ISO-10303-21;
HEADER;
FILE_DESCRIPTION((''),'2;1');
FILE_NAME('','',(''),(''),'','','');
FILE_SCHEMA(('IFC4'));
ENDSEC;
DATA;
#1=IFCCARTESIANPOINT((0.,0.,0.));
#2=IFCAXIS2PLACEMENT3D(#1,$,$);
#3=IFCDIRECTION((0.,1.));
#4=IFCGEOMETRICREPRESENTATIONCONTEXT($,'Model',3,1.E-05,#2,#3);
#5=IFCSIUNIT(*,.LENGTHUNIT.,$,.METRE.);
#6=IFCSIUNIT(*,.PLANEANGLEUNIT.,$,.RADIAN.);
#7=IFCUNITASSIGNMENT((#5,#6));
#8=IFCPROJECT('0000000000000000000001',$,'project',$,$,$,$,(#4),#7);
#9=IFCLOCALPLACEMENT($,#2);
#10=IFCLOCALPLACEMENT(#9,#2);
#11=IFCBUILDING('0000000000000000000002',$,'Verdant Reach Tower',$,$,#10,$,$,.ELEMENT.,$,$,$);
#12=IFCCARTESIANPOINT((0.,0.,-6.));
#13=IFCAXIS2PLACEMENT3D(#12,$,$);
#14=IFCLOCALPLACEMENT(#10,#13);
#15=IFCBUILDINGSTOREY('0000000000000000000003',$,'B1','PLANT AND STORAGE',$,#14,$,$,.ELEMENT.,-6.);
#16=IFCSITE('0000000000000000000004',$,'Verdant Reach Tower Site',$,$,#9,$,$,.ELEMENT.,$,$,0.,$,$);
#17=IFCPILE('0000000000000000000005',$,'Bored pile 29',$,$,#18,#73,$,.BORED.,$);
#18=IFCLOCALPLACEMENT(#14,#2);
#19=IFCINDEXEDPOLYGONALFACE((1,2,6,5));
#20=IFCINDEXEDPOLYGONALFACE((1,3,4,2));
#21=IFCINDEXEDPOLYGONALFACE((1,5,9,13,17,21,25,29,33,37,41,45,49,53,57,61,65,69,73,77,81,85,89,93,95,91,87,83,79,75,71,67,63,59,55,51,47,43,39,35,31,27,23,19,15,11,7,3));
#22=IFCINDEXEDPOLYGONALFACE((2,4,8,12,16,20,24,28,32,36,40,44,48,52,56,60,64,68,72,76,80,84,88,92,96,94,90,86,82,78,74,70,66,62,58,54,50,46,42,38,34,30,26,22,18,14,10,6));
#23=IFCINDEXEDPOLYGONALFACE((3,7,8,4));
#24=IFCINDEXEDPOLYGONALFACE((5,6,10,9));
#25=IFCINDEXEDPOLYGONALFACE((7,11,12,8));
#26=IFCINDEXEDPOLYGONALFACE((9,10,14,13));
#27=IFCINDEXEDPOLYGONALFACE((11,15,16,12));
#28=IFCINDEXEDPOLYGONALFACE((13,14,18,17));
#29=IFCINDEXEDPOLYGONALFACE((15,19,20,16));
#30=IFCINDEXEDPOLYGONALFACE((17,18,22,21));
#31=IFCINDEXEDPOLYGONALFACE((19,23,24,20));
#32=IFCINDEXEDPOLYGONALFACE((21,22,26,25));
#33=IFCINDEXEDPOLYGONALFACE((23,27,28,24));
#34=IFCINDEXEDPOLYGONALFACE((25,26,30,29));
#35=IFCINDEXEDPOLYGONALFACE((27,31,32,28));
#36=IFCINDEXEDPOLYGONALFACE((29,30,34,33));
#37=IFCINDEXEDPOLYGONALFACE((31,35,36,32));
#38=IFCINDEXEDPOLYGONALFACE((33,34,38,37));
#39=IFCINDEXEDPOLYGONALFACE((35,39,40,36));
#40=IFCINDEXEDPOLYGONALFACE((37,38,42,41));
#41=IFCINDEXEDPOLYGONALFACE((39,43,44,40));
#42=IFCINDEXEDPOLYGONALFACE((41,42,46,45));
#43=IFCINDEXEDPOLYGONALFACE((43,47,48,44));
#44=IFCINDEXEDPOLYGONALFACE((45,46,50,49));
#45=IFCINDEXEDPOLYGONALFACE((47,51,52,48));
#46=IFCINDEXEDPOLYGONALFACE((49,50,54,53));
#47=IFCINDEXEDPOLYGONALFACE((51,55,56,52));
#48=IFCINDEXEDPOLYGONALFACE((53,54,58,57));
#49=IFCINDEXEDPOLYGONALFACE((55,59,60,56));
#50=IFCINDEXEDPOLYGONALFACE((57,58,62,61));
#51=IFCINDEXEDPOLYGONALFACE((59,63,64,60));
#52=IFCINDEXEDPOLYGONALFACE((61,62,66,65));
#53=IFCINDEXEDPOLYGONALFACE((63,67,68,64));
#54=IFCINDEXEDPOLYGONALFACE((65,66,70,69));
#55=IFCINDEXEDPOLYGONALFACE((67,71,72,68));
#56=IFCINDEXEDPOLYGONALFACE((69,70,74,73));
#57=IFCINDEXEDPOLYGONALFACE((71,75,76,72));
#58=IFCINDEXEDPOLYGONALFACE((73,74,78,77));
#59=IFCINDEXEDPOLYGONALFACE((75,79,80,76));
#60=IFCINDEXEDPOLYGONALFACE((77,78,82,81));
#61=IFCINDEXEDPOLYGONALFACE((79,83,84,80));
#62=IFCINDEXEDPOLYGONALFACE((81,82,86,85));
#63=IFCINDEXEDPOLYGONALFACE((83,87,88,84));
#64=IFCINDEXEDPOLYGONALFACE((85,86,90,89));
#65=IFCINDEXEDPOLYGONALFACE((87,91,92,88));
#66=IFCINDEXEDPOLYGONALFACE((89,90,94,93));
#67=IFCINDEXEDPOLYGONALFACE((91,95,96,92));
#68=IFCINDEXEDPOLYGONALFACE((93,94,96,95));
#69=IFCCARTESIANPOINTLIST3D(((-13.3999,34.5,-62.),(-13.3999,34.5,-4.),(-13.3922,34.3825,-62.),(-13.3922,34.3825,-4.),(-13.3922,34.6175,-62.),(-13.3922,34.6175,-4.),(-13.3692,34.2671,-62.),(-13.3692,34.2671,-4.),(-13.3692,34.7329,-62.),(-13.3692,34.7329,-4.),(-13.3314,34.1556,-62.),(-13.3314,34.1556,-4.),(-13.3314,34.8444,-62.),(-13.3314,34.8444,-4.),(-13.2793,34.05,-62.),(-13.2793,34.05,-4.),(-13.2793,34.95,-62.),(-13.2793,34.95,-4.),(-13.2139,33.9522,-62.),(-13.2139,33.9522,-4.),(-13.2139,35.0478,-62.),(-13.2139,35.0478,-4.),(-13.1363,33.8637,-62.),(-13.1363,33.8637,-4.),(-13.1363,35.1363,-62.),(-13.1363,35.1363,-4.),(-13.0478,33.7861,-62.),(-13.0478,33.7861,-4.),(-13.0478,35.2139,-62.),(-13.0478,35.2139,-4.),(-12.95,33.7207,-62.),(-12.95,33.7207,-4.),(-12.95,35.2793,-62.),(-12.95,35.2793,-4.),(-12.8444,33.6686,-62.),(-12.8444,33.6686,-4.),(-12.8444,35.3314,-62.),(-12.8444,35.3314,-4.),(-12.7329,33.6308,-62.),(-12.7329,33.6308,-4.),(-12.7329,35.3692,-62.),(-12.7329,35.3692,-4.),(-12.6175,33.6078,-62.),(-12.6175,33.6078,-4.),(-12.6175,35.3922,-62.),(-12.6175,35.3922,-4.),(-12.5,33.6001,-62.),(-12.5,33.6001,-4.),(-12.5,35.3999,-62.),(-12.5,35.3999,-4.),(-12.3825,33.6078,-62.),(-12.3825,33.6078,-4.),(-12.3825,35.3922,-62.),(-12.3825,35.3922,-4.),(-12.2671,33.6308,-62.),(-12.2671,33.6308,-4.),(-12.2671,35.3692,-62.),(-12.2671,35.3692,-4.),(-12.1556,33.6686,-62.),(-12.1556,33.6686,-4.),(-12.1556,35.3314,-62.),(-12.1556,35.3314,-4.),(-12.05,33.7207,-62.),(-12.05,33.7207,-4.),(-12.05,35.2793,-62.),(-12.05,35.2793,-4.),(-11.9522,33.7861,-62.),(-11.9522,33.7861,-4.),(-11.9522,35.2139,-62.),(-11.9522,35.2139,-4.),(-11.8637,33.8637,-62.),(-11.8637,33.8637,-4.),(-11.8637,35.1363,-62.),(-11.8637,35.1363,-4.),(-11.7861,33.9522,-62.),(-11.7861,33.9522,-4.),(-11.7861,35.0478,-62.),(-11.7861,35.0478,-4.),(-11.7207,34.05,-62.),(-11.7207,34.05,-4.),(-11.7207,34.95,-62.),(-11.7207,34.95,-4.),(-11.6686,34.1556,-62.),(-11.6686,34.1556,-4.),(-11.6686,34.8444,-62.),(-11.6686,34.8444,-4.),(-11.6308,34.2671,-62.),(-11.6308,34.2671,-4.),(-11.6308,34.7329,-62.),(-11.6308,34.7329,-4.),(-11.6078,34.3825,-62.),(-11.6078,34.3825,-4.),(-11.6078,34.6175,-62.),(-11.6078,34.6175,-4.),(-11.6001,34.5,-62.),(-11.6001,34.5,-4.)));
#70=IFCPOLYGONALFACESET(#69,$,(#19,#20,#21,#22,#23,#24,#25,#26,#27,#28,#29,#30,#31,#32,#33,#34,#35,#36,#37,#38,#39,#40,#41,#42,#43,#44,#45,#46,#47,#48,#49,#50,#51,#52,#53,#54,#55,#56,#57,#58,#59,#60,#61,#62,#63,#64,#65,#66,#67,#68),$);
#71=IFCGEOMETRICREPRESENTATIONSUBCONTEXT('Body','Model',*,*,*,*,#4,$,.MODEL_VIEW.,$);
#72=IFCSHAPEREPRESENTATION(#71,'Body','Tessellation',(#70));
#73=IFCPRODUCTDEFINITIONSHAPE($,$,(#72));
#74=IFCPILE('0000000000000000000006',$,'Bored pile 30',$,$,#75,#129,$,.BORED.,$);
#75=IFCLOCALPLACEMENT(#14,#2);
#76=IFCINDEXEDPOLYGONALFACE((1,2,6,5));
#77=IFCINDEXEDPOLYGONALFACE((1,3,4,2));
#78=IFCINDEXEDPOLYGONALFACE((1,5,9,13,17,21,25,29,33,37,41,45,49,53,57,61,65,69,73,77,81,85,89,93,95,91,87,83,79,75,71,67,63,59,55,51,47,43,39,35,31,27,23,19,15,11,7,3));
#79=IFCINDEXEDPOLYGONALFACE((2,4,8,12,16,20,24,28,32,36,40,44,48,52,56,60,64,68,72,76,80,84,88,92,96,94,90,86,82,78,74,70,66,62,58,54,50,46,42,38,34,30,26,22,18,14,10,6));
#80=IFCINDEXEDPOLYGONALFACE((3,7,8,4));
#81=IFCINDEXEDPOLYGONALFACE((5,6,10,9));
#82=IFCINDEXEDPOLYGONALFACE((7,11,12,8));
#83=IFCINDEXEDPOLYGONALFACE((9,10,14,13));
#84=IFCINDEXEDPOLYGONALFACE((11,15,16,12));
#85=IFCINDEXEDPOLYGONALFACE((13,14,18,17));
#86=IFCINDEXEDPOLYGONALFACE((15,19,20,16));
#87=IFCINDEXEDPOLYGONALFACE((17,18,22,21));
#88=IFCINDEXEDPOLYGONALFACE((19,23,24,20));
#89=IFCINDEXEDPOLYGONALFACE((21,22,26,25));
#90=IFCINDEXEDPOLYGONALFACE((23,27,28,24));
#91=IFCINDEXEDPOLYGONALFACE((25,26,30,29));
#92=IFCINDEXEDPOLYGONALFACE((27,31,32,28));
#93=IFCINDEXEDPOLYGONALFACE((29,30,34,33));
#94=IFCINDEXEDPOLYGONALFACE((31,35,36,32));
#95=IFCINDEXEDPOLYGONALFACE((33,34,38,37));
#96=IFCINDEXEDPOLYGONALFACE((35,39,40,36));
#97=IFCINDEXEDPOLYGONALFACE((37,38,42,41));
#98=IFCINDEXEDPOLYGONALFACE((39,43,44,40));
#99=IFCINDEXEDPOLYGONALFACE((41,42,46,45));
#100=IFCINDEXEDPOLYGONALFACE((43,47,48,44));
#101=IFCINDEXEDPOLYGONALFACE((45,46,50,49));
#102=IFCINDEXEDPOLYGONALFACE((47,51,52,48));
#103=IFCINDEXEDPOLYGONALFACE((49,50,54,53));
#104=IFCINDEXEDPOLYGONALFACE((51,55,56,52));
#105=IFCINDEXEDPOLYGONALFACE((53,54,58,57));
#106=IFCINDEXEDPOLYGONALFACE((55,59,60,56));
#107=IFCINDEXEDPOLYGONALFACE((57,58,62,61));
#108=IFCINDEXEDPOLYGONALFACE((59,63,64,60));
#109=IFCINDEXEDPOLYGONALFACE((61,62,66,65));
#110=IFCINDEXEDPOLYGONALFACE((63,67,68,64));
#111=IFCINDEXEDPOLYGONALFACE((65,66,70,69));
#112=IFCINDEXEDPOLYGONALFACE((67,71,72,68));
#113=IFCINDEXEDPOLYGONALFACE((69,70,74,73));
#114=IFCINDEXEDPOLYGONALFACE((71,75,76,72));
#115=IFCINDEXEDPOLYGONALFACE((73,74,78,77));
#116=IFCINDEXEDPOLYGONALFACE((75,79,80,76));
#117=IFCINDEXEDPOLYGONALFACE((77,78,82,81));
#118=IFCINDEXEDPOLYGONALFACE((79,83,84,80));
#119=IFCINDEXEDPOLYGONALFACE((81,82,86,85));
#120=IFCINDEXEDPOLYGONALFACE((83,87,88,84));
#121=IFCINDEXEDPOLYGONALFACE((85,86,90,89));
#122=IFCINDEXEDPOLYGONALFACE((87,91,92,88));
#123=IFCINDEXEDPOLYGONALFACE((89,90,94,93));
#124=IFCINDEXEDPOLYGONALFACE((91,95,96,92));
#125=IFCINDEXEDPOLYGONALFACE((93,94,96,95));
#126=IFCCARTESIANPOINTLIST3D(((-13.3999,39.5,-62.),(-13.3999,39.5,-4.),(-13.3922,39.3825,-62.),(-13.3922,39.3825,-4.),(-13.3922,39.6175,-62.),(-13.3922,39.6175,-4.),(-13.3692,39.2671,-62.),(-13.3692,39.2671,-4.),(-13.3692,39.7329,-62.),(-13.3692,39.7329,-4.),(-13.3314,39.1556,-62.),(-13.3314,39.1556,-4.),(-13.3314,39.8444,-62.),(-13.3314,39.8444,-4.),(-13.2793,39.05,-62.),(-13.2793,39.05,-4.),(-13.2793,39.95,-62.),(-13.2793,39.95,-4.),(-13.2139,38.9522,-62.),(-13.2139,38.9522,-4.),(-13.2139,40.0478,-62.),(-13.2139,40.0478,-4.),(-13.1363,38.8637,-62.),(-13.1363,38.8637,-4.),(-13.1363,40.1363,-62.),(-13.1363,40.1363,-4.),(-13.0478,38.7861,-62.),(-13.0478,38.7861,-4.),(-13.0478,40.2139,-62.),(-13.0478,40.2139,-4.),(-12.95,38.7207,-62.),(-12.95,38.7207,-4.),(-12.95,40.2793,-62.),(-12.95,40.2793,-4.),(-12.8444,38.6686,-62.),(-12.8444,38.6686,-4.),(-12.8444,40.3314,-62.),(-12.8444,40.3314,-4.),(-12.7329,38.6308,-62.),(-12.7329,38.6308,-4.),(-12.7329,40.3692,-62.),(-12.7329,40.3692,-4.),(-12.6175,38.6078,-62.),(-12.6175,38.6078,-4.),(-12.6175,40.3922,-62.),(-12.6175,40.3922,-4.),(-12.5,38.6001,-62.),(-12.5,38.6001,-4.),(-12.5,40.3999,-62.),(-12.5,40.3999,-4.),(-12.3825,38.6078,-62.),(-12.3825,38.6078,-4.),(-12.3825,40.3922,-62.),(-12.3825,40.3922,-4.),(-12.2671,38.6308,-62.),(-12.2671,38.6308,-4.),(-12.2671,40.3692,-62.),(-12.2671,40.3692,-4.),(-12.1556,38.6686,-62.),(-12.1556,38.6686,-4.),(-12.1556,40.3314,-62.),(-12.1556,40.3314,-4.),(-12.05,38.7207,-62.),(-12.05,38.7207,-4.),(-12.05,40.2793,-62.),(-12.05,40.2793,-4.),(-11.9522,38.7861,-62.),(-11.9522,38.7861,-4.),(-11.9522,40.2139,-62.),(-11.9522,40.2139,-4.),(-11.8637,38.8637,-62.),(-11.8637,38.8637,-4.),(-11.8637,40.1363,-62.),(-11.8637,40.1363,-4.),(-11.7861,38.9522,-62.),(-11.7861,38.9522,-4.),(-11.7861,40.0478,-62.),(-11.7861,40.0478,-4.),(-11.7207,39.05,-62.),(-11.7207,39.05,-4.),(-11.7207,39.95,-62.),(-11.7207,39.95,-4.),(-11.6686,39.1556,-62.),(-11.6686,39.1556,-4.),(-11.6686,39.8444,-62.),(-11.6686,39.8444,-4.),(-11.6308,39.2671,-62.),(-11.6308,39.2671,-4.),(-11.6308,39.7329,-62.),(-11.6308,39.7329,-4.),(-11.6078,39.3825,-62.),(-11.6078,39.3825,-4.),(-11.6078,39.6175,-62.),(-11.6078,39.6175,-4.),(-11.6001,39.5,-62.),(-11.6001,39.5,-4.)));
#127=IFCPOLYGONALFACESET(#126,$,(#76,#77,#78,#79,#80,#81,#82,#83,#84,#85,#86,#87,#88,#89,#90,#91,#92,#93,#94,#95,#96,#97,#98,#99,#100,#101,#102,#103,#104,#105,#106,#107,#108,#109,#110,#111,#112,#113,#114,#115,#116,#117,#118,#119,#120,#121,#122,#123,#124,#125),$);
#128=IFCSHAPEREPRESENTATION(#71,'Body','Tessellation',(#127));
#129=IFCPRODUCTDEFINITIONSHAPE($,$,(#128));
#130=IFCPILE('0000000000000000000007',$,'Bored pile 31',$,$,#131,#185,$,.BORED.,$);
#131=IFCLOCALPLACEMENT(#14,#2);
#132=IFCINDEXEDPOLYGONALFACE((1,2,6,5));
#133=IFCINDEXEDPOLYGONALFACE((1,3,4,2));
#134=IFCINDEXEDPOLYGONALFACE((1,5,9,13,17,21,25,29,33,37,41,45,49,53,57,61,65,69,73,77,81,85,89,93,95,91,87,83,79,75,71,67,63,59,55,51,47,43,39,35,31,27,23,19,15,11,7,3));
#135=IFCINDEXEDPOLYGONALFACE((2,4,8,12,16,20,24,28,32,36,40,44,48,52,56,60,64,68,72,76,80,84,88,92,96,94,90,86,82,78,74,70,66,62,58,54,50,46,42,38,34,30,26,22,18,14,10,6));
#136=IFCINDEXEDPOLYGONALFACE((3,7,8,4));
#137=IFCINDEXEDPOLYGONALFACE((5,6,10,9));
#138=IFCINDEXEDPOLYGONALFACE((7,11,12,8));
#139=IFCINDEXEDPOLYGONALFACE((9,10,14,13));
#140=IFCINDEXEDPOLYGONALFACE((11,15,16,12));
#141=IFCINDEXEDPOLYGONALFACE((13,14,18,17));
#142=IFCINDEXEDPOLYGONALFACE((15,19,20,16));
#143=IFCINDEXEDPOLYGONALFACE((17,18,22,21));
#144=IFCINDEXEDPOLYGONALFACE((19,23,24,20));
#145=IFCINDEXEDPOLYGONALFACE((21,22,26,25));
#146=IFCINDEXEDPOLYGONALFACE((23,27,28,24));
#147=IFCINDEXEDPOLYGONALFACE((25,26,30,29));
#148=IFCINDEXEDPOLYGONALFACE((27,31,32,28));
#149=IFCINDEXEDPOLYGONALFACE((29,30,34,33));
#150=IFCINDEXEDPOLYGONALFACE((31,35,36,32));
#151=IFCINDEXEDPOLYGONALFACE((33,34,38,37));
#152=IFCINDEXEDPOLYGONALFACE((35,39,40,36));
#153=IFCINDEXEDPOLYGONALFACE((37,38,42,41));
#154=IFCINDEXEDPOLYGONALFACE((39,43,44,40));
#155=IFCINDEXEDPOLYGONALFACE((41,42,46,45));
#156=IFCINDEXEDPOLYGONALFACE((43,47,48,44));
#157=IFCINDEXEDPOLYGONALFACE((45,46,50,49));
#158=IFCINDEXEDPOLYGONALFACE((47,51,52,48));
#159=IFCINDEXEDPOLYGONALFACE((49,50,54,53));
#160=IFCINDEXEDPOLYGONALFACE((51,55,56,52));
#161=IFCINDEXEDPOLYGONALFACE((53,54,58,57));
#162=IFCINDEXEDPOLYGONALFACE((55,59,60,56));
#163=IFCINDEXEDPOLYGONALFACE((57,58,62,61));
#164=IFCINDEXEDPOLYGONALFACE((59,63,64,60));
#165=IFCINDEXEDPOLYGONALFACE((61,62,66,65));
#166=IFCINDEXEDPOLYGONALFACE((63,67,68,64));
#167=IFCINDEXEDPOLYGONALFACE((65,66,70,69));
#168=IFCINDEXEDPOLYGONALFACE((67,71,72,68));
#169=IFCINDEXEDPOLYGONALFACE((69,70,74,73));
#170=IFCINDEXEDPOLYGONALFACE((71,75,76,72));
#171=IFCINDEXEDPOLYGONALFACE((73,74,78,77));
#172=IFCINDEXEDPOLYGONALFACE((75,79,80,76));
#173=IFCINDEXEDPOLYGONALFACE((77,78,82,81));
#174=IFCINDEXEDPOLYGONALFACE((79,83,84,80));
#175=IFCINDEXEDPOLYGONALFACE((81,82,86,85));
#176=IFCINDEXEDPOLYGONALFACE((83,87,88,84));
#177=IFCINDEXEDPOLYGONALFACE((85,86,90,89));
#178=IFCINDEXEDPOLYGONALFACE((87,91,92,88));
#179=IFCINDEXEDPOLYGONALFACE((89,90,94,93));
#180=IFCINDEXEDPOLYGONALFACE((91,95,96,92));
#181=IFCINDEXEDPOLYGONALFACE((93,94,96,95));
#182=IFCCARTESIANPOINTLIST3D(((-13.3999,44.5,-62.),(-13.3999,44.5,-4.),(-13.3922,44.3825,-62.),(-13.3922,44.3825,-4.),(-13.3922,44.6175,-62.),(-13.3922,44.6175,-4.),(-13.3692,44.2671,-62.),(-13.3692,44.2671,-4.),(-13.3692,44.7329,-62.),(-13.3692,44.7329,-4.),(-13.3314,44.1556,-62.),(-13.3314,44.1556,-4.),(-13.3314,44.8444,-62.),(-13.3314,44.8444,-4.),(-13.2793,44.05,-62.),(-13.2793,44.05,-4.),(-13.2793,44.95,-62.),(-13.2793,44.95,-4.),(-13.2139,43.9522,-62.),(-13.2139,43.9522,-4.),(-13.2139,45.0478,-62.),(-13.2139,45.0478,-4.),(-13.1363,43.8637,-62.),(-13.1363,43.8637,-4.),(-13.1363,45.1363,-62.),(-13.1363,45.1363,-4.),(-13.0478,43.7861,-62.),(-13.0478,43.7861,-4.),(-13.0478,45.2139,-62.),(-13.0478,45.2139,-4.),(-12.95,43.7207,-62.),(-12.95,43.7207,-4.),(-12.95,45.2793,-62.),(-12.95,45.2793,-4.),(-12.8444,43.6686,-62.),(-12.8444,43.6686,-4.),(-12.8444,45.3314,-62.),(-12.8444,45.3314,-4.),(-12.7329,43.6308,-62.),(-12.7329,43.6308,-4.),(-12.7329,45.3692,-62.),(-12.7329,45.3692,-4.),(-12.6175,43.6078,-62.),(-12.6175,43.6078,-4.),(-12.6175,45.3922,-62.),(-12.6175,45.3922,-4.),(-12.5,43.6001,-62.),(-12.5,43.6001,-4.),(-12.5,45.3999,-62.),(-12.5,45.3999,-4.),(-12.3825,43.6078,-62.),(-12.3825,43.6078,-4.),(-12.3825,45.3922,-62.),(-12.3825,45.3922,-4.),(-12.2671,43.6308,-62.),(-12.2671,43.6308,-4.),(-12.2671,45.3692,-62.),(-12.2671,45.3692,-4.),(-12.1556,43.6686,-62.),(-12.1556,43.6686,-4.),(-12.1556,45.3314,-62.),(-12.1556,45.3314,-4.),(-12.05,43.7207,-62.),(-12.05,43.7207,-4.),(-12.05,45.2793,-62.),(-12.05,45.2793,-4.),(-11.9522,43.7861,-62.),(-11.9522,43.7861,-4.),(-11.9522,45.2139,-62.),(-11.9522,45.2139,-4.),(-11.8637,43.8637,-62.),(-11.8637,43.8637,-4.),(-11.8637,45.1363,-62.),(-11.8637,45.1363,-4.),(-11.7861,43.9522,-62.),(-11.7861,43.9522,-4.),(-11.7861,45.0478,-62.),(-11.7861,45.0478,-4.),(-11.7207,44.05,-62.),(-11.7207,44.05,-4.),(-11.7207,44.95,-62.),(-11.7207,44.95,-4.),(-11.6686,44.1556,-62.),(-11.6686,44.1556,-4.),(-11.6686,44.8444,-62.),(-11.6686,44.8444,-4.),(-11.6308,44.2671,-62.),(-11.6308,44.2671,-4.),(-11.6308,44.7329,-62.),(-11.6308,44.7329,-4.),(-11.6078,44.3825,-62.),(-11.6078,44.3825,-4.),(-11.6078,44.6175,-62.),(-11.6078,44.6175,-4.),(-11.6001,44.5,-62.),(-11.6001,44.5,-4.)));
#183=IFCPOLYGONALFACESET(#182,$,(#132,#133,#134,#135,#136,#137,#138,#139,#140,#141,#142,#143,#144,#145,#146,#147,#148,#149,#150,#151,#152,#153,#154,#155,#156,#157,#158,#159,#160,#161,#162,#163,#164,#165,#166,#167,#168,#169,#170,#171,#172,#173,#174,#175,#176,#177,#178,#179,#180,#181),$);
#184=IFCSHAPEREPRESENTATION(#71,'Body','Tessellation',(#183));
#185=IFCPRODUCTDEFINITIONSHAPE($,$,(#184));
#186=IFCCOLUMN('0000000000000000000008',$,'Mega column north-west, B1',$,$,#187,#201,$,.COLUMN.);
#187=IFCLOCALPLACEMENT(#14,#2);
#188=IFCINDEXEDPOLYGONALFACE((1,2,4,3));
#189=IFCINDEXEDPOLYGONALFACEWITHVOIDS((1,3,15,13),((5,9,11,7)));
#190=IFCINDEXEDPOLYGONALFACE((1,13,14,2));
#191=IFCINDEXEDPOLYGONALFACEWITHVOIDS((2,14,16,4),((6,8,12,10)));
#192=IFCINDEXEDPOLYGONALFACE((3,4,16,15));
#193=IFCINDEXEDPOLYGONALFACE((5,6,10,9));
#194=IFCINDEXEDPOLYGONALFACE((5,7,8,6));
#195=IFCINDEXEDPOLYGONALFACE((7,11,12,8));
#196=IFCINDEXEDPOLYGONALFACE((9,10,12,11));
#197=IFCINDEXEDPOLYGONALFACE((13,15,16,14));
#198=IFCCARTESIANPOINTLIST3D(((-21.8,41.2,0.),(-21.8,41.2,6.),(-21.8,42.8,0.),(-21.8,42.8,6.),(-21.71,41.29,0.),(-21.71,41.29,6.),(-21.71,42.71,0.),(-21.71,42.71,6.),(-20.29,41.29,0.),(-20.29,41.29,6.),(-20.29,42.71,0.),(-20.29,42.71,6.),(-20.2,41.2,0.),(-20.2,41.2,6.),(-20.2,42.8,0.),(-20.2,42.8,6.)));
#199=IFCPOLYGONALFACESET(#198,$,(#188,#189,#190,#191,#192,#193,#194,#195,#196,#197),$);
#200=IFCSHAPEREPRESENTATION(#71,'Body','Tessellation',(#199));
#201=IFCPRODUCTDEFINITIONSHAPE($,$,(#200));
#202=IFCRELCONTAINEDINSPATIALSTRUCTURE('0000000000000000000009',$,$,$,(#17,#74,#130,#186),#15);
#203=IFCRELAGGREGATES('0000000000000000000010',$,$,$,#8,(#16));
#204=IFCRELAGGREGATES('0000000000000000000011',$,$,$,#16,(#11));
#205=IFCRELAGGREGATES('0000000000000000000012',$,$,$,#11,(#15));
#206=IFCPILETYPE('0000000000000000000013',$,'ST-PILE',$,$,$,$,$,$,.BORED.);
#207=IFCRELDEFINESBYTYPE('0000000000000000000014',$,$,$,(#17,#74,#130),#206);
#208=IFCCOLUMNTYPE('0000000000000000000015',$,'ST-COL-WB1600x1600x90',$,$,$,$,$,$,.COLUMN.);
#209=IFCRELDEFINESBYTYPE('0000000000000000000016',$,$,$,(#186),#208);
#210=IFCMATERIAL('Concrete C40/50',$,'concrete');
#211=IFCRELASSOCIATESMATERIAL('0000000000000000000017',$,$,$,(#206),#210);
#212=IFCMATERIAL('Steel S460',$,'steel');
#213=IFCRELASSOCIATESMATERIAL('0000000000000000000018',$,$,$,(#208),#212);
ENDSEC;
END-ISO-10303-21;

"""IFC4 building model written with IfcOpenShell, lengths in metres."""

from ifc_helpers import new_model, si_unit, direction, frame, origin, origin_2d, place, context, subcontext, project, spatial, hollow_rectangle, circle, extrude, material, material_profile, profile_set, type_object, element, save


model = new_model("IFC4")

# Units and contexts
model_context = context("Model", 3, precision=1e-05, world=origin(), true_north=direction((0.0, 1.0)))
body_context = subcontext(model_context, "Body", "Model", "MODEL_VIEW")
ifc_project = project(units=[si_unit("LENGTHUNIT", "METRE"), si_unit("PLANEANGLEUNIT", "RADIAN")], contexts=[model_context])

# Site, building, storey
site_placement = place(None, origin())
site = spatial("IfcSite", under=ifc_project, at=site_placement, Name="Verdant Reach Tower Site", CompositionType="ELEMENT", RefElevation=0.0)
building_placement = place(site_placement, origin())
building = spatial("IfcBuilding", under=site, at=building_placement, Name="Verdant Reach Tower", CompositionType="ELEMENT")
storey_placement = place(building_placement, frame((0.0, 0.0, -6.0)))
storey = spatial("IfcBuildingStorey", under=building, at=storey_placement, Name="B1", Description="PLANT AND STORAGE", CompositionType="ELEMENT", Elevation=-6.0)

# Piles
ifc_material_1 = material(Name="Concrete C40/50", Category="concrete")
ifc_material_profile_1 = material_profile(ifc_material_1, circle(Radius=0.8999, at=origin_2d()), Name="BP 1800")
ifc_profile_set_1 = profile_set([ifc_material_profile_1], Name="Concrete C40/50")
pile_type = type_object("IfcPileType", Name="ST-PILE", PredefinedType="BORED", material=ifc_profile_set_1)
for number, where, z_axis, x_axis, name in (
    (1, (-12.5, 34.5, -4.0), (0.0, 0.0, -1.0), (1.0, 0.0, 0.0), "Bored pile 29"),
    (2, (-12.5, 39.5, -4.0), (0.0, 0.0, -1.0), (1.0, 0.0, 0.0), "Bored pile 30"),
    (3, (-12.5, 44.5, -4.0), (0.0, 0.0, -1.0), (1.0, 0.0, 0.0), "Bored pile 31"),
):
    element("IfcPile", number, at=place(storey_placement, frame(where, z_axis=z_axis, x_axis=x_axis)), inside=storey, type_object=pile_type, Name=name, PredefinedType="BORED", context=body_context, shape_type="SweptSolid", body=[
        extrude(circle(Radius=0.8999, at=origin_2d()), origin(), (0.0, 0.0, 1.0), 58.0),
    ])

# Column
ifc_material_2 = material(Name="Steel S460", Category="steel")
ifc_material_profile_2 = material_profile(ifc_material_2, hollow_rectangle(XDim=1.6001, YDim=1.6001, WallThickness=0.0901, at=origin_2d()), Name="WB 1600x1600x90")
ifc_profile_set_2 = profile_set([ifc_material_profile_2], Name="Steel S460")
column_type_1 = type_object("IfcColumnType", Name="ST-COL-WB1600x1600x90", PredefinedType="COLUMN", material=ifc_profile_set_2)
column_1_placement = place(storey_placement, frame((-21.0, 42.0, 0.0), z_axis=(0.0, 0.0, 1.0), x_axis=(1.0, 0.0, 0.0)))
element("IfcColumn", 4, at=column_1_placement, inside=storey, type_object=column_type_1, Name="Mega column north-west, B1", PredefinedType="COLUMN", context=body_context, shape_type="SweptSolid", body=[
    extrude(hollow_rectangle(XDim=1.6001, YDim=1.6001, WallThickness=0.0901, at=origin_2d()), origin(), (0.0, 0.0, 1.0), 6.0),
])

save(model, "model.ifc")
